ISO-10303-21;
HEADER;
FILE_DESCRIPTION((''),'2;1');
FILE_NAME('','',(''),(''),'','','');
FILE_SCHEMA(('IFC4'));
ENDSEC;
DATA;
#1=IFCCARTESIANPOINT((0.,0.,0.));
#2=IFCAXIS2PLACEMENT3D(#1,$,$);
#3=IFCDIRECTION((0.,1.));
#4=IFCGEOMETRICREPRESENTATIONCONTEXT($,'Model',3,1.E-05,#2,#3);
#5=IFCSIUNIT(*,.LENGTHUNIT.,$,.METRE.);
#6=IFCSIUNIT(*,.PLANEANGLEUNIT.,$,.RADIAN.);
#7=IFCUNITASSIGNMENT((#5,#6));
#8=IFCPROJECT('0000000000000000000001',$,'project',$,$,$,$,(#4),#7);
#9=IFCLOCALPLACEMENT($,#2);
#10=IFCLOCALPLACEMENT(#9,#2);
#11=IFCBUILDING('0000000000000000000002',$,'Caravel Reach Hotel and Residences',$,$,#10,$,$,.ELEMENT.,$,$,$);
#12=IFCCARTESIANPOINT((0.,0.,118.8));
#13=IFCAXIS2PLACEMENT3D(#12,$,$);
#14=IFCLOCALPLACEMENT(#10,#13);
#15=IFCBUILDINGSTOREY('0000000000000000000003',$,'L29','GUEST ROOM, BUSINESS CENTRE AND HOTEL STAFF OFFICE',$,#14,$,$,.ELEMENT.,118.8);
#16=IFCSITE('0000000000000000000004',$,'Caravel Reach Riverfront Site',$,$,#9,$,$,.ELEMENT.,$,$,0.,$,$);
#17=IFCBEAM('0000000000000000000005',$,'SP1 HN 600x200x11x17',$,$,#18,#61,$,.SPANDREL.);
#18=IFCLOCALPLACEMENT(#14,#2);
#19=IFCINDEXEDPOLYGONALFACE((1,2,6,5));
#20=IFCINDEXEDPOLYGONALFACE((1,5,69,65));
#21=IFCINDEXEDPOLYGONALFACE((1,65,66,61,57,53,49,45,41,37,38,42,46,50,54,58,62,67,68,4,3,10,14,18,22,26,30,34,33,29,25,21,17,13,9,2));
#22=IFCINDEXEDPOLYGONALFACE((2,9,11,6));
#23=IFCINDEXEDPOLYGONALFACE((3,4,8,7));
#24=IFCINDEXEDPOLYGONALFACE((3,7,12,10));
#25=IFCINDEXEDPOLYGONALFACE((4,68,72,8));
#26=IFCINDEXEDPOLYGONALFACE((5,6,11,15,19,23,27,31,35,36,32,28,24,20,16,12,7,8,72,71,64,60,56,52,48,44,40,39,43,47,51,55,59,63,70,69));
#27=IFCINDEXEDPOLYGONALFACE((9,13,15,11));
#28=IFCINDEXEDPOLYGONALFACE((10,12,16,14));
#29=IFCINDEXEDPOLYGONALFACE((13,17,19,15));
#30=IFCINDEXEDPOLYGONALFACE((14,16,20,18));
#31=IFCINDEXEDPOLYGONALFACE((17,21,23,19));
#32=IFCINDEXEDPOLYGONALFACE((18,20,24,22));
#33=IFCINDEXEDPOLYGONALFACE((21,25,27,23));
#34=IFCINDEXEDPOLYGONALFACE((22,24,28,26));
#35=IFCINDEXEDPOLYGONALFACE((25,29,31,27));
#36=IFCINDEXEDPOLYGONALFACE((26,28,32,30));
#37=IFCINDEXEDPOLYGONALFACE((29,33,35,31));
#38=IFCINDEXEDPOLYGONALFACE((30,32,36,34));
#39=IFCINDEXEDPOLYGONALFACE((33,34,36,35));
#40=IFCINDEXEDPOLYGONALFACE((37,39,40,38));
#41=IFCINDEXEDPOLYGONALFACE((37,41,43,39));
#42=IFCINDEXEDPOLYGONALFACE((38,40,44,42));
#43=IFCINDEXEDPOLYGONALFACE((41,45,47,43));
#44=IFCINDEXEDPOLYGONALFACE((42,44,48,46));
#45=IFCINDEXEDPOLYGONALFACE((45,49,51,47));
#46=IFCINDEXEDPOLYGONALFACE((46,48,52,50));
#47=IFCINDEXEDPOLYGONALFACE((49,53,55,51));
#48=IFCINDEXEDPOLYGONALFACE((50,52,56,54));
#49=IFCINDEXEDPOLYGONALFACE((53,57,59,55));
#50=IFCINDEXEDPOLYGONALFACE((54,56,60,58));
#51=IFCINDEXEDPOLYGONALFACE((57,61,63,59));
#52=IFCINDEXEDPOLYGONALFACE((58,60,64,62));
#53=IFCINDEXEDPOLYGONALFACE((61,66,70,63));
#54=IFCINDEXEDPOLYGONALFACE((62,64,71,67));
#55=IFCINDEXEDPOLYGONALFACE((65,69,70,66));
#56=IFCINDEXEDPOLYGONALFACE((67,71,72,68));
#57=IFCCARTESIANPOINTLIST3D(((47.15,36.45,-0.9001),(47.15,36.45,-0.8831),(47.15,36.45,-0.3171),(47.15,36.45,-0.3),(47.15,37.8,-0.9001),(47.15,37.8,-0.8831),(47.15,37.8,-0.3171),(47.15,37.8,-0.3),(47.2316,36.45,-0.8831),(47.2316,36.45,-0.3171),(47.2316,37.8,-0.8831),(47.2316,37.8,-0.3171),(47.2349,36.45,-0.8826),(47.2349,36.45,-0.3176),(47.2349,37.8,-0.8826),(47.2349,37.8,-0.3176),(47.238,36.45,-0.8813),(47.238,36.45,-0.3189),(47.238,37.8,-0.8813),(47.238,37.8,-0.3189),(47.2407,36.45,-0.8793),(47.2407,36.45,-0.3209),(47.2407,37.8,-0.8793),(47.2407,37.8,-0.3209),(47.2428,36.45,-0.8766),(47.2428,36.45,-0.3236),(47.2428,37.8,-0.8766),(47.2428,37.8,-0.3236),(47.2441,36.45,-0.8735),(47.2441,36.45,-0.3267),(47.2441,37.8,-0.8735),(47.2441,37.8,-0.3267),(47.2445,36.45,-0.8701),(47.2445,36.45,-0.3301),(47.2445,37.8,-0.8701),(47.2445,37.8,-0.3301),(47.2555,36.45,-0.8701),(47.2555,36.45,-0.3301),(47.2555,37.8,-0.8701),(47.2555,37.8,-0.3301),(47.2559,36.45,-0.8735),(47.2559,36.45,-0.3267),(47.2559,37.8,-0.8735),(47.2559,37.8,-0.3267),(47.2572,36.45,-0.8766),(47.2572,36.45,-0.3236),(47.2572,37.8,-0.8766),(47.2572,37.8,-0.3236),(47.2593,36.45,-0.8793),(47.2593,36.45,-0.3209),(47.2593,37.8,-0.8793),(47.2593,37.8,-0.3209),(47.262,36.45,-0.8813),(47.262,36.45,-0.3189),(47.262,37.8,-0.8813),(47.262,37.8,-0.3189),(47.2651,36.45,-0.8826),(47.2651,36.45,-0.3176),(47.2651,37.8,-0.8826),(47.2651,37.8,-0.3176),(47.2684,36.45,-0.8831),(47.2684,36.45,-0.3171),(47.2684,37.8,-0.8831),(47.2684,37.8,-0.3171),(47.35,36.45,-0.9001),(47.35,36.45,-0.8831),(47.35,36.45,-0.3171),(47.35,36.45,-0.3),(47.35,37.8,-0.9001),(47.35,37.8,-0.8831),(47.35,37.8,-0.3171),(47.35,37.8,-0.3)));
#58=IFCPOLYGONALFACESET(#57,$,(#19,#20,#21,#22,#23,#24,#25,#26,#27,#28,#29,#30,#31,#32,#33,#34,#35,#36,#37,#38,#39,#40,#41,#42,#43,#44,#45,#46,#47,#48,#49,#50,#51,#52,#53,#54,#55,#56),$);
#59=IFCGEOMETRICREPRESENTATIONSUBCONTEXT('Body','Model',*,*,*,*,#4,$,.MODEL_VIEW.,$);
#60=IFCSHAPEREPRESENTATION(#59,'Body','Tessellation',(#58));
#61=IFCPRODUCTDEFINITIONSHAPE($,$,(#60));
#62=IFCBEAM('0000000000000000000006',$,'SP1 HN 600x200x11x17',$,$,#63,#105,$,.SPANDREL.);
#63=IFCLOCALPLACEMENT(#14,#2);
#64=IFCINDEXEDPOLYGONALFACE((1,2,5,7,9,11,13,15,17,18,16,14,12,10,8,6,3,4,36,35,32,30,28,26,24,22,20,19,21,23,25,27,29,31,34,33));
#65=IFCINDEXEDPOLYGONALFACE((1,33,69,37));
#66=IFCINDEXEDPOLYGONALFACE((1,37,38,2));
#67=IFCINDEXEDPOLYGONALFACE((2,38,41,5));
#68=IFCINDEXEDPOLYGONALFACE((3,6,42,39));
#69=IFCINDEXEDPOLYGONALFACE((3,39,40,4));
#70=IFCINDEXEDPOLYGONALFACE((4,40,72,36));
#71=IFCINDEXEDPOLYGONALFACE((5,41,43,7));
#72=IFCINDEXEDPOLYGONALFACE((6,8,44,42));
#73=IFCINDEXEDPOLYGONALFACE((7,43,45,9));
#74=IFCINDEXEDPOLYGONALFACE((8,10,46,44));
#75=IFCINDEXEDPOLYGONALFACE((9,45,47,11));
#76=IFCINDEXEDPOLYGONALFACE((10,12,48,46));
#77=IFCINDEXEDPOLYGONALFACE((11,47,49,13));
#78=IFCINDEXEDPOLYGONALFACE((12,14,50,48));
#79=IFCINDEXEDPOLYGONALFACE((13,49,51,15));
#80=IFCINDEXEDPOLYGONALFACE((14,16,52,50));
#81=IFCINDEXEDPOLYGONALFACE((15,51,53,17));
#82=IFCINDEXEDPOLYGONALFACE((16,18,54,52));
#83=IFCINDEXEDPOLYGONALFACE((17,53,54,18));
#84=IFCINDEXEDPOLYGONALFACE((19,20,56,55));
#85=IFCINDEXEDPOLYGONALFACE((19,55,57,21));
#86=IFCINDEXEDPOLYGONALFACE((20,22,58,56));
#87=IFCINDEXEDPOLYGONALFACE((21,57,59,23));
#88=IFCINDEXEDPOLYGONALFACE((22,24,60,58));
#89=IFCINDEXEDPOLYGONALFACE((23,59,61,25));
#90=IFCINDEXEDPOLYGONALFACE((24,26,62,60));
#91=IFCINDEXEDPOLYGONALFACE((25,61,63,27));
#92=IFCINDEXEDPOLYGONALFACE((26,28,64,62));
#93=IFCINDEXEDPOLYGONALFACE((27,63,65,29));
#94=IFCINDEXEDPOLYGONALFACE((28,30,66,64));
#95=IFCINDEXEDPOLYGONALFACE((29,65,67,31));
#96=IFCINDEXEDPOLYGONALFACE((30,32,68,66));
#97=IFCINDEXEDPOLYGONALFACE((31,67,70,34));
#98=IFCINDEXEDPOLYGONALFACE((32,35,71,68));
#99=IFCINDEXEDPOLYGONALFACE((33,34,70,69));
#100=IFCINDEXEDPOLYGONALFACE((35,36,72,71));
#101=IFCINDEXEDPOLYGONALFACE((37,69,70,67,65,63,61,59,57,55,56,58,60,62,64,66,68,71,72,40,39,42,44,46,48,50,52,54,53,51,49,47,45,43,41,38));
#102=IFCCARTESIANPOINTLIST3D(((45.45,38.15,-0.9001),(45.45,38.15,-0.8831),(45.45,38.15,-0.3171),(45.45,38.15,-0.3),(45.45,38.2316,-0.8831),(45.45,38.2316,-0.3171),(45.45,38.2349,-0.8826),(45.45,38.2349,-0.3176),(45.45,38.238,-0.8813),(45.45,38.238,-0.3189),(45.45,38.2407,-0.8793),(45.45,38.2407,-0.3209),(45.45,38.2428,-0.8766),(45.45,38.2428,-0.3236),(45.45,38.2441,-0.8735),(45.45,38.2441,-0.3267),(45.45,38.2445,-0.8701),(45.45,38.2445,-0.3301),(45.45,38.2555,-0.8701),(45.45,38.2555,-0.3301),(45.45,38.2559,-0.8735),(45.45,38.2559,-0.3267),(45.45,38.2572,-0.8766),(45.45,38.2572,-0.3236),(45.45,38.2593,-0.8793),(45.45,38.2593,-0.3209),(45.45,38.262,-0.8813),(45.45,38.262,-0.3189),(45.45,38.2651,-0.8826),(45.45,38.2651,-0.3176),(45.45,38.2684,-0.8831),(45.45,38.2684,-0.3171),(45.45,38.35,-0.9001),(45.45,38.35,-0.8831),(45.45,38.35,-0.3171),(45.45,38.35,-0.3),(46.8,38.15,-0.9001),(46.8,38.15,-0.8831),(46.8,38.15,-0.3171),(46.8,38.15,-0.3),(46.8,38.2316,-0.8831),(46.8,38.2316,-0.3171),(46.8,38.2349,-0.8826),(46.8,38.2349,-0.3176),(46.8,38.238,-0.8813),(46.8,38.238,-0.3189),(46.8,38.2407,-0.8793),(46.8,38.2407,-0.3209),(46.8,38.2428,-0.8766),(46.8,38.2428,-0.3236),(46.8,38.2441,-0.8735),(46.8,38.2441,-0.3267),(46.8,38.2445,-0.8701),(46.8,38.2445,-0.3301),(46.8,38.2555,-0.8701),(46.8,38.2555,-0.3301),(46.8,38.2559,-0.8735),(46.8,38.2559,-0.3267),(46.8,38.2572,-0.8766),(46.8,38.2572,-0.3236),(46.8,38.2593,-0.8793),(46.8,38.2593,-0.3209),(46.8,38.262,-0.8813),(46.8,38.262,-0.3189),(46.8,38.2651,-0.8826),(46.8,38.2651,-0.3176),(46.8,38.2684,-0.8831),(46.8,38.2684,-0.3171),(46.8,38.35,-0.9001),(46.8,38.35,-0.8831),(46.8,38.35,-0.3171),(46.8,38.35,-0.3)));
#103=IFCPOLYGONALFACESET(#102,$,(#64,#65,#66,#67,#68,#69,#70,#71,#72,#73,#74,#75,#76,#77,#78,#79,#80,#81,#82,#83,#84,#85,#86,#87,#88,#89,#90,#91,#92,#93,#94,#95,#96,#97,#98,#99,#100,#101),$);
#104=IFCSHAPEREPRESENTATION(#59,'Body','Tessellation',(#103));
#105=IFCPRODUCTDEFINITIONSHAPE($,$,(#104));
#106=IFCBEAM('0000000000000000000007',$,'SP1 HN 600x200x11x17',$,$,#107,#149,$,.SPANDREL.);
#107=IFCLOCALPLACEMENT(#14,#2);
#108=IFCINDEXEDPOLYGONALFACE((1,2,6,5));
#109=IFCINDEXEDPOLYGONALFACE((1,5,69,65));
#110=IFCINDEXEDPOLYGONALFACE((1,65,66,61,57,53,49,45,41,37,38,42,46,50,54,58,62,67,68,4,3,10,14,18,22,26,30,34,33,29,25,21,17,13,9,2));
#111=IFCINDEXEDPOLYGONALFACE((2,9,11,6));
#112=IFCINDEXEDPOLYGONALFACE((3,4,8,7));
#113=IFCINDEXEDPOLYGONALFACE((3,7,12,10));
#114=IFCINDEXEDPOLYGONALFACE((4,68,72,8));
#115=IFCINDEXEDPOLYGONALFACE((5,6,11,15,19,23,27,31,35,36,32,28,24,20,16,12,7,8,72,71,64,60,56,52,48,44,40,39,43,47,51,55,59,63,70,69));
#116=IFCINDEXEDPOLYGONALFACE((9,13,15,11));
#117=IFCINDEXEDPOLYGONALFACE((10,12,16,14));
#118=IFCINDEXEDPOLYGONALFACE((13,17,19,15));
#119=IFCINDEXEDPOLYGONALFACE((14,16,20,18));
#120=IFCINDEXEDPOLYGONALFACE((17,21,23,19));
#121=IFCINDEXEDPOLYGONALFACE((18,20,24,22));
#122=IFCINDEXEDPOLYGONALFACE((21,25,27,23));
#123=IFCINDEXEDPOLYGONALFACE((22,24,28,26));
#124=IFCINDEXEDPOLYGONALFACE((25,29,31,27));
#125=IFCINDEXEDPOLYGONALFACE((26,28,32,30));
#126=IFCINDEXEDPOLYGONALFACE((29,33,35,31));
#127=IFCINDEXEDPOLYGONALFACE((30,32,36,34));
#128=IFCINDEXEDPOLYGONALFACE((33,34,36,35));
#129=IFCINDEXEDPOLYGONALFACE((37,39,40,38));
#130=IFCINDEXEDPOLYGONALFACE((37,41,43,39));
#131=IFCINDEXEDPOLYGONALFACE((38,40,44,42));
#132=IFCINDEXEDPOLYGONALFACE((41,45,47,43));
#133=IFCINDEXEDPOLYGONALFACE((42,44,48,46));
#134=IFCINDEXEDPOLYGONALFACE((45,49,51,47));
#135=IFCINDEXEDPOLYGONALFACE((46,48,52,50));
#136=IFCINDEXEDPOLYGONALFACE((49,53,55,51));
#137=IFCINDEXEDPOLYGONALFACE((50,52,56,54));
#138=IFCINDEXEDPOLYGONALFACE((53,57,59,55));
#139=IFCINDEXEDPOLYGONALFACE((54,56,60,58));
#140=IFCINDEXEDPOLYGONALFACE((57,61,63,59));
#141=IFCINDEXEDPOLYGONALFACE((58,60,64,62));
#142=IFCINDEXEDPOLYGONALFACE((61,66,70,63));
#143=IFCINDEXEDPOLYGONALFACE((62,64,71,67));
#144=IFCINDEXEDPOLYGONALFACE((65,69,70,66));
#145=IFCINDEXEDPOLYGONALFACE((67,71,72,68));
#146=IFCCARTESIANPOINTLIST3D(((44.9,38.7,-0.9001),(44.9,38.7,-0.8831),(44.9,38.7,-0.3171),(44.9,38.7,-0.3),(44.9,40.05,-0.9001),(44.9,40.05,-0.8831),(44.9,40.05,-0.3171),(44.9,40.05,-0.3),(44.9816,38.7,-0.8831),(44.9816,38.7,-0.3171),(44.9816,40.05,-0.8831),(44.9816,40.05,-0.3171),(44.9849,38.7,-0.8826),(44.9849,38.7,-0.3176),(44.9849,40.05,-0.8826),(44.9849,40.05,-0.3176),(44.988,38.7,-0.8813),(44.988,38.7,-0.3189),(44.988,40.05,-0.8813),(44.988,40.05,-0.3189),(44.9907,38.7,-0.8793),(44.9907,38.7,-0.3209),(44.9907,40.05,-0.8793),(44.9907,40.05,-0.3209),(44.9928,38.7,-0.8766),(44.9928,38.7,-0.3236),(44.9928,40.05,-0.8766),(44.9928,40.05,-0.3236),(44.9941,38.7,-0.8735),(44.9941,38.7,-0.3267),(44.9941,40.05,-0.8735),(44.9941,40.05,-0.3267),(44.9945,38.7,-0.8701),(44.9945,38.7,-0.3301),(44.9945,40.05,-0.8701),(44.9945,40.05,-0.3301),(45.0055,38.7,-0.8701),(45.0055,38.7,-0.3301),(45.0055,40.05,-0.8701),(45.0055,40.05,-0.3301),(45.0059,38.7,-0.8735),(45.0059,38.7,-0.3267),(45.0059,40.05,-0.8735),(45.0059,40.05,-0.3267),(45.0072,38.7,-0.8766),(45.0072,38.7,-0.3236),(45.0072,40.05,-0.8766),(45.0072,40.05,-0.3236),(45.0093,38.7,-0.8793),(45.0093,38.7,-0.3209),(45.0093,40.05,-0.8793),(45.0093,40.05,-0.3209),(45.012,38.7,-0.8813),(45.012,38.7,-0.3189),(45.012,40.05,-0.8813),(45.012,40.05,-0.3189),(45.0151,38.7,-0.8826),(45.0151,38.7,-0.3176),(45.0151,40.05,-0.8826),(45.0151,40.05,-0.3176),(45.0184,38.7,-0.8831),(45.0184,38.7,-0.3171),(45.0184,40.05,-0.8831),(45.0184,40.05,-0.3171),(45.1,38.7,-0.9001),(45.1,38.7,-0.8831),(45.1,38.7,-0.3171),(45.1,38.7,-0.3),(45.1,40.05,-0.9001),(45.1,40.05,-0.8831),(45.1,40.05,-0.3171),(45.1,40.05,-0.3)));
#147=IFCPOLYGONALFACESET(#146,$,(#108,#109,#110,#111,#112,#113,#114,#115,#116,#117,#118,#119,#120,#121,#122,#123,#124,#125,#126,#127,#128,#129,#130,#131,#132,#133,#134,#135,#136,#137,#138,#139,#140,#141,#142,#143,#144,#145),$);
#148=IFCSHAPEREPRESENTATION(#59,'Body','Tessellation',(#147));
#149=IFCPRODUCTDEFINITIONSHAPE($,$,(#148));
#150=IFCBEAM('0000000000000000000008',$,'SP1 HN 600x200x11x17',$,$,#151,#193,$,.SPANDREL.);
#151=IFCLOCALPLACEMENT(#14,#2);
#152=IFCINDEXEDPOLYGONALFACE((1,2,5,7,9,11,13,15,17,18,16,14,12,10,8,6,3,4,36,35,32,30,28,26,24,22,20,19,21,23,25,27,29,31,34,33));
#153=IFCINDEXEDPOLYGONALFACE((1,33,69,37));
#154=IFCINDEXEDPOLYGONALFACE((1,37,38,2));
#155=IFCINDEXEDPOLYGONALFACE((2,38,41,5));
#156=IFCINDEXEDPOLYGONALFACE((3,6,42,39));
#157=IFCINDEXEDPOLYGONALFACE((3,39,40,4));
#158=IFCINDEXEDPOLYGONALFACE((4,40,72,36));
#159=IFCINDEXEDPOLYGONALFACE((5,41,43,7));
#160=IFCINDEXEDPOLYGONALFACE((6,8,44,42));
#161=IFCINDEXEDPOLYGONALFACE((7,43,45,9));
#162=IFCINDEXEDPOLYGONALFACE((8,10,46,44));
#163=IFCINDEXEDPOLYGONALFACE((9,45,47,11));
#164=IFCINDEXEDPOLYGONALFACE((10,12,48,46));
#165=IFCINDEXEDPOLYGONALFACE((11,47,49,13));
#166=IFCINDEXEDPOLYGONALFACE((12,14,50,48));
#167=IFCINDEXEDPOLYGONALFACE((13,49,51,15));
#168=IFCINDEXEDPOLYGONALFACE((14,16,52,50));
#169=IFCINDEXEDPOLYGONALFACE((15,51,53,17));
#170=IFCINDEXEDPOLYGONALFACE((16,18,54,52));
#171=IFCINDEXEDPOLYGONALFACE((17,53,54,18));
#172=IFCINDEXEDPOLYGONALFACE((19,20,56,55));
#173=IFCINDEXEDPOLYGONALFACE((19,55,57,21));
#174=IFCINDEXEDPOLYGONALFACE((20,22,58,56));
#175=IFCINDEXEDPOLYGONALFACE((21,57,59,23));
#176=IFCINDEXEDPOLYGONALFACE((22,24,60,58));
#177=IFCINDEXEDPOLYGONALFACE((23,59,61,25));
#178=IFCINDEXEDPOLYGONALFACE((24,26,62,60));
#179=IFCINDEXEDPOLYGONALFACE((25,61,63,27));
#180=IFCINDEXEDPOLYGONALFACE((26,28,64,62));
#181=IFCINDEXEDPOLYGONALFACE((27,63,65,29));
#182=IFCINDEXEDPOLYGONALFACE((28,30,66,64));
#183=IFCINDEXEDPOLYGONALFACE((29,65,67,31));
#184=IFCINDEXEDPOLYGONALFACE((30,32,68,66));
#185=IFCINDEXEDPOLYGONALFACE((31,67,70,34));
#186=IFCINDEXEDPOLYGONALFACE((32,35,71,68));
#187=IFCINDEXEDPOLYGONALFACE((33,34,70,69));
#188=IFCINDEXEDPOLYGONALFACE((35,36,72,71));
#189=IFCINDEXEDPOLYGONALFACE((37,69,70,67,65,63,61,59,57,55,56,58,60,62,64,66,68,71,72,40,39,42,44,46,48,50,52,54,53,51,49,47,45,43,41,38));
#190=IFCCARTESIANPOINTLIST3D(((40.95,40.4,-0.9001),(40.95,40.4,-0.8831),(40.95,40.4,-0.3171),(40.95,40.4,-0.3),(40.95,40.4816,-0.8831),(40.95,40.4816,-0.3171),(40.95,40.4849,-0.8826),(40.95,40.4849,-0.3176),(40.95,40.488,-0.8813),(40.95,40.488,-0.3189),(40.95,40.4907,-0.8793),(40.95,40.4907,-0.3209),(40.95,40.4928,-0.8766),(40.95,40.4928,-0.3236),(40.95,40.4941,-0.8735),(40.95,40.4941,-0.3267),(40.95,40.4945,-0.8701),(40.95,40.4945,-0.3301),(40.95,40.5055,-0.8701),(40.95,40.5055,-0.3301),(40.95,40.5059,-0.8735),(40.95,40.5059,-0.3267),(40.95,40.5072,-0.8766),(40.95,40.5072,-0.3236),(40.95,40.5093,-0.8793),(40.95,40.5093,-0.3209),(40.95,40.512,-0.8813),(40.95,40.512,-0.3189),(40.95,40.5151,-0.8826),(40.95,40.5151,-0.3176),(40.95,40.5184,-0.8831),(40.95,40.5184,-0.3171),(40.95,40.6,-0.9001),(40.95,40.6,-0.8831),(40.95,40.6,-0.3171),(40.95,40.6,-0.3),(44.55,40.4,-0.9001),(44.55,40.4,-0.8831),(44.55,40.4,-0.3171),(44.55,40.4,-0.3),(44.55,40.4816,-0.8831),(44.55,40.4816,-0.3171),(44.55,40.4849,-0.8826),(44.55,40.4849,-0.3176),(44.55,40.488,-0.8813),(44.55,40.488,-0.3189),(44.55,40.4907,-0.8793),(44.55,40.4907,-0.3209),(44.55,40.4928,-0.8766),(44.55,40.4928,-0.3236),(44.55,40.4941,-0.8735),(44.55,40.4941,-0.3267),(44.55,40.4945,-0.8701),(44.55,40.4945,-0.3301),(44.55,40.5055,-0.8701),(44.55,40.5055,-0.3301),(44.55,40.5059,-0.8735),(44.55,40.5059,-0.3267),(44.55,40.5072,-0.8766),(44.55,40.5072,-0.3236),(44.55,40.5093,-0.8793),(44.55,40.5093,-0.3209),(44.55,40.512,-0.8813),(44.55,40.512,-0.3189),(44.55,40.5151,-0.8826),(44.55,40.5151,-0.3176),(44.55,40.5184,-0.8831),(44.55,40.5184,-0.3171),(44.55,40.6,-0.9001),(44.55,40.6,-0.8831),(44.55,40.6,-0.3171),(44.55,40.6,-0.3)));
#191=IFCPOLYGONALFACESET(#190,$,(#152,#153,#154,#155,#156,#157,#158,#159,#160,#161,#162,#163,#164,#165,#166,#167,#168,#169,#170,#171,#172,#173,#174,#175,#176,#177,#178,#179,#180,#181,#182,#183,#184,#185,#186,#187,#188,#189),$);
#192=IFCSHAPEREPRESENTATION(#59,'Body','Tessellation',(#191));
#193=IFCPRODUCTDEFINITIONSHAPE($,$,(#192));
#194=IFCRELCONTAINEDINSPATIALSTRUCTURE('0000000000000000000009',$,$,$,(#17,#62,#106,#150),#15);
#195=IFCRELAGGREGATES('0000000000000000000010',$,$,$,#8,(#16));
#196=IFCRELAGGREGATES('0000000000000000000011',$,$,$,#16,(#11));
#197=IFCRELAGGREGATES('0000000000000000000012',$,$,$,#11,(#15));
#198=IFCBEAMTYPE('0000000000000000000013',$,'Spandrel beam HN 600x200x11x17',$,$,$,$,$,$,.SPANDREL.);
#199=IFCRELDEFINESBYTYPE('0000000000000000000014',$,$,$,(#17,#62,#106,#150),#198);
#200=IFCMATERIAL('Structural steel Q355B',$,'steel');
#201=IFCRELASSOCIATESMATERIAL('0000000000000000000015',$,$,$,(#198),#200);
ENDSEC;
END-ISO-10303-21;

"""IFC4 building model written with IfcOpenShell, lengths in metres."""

from ifc_helpers import new_model, si_unit, direction, frame, origin, origin_2d, place, context, subcontext, project, spatial, i_section, extrude, material, material_profile, profile_set, type_object, element, save


model = new_model("IFC4")

# Units and contexts
model_context = context("Model", 3, precision=1e-05, world=origin(), true_north=direction((0.0, 1.0)))
body_context = subcontext(model_context, "Body", "Model", "MODEL_VIEW")
ifc_project = project(units=[si_unit("LENGTHUNIT", "METRE"), si_unit("PLANEANGLEUNIT", "RADIAN")], contexts=[model_context])

# Site, building, storey
site_placement = place(None, origin())
site = spatial("IfcSite", under=ifc_project, at=site_placement, Name="Caravel Reach Riverfront Site", CompositionType="ELEMENT", RefElevation=0.0)
building_placement = place(site_placement, origin())
building = spatial("IfcBuilding", under=site, at=building_placement, Name="Caravel Reach Hotel and Residences", CompositionType="ELEMENT")
storey_placement = place(building_placement, frame((0.0, 0.0, 118.8)))
storey = spatial("IfcBuildingStorey", under=building, at=storey_placement, Name="L29", Description="GUEST ROOM, BUSINESS CENTRE AND HOTEL STAFF OFFICE", CompositionType="ELEMENT", Elevation=118.8)

# Beams
ifc_material_1 = material(Name="Structural steel Q355B", Category="steel")
ifc_material_profile_1 = material_profile(ifc_material_1, i_section(OverallWidth=0.2, OverallDepth=0.6001, WebThickness=0.011, FlangeThickness=0.0171, FilletRadius=0.0129, at=origin_2d()), Name="HN 600x200x11x17")
ifc_profile_set_1 = profile_set([ifc_material_profile_1], Name="Structural steel Q355B")
beam_type_1 = type_object("IfcBeamType", Name="Spandrel beam HN 600x200x11x17", PredefinedType="SPANDREL", material=ifc_profile_set_1)
for number, where, z_axis, x_axis, name in (
    (1, (47.25, 36.45, -0.6001), (0.0, 1.0, 0.0), (-1.0, 0.0, 0.0), "SP1 HN 600x200x11x17"),
    (2, (46.8, 38.25, -0.6001), (-1.0, 0.0, 0.0), (0.0, -1.0, 0.0), "SP1 HN 600x200x11x17"),
    (3, (45.0, 38.7, -0.6001), (0.0, 1.0, 0.0), (-1.0, 0.0, 0.0), "SP1 HN 600x200x11x17"),
):
    element("IfcBeam", number, at=place(storey_placement, frame(where, z_axis=z_axis, x_axis=x_axis)), inside=storey, type_object=beam_type_1, Name=name, PredefinedType="SPANDREL", context=body_context, shape_type="SweptSolid", body=[
        extrude(i_section(OverallWidth=0.2, OverallDepth=0.6001, WebThickness=0.011, FlangeThickness=0.0171, FilletRadius=0.0129, at=origin_2d()), origin(), (0.0, 0.0, 1.0), 1.3501),
    ])
beam_1_placement = place(storey_placement, frame((44.55, 40.5, -0.6001), z_axis=(-1.0, 0.0, 0.0), x_axis=(0.0, -1.0, 0.0)))
element("IfcBeam", 4, at=beam_1_placement, inside=storey, type_object=beam_type_1, Name="SP1 HN 600x200x11x17", PredefinedType="SPANDREL", context=body_context, shape_type="SweptSolid", body=[
    extrude(i_section(OverallWidth=0.2, OverallDepth=0.6001, WebThickness=0.011, FlangeThickness=0.0171, FilletRadius=0.0129, at=origin_2d()), origin(), (0.0, 0.0, 1.0), 3.6001),
])

save(model, "model.ifc")
